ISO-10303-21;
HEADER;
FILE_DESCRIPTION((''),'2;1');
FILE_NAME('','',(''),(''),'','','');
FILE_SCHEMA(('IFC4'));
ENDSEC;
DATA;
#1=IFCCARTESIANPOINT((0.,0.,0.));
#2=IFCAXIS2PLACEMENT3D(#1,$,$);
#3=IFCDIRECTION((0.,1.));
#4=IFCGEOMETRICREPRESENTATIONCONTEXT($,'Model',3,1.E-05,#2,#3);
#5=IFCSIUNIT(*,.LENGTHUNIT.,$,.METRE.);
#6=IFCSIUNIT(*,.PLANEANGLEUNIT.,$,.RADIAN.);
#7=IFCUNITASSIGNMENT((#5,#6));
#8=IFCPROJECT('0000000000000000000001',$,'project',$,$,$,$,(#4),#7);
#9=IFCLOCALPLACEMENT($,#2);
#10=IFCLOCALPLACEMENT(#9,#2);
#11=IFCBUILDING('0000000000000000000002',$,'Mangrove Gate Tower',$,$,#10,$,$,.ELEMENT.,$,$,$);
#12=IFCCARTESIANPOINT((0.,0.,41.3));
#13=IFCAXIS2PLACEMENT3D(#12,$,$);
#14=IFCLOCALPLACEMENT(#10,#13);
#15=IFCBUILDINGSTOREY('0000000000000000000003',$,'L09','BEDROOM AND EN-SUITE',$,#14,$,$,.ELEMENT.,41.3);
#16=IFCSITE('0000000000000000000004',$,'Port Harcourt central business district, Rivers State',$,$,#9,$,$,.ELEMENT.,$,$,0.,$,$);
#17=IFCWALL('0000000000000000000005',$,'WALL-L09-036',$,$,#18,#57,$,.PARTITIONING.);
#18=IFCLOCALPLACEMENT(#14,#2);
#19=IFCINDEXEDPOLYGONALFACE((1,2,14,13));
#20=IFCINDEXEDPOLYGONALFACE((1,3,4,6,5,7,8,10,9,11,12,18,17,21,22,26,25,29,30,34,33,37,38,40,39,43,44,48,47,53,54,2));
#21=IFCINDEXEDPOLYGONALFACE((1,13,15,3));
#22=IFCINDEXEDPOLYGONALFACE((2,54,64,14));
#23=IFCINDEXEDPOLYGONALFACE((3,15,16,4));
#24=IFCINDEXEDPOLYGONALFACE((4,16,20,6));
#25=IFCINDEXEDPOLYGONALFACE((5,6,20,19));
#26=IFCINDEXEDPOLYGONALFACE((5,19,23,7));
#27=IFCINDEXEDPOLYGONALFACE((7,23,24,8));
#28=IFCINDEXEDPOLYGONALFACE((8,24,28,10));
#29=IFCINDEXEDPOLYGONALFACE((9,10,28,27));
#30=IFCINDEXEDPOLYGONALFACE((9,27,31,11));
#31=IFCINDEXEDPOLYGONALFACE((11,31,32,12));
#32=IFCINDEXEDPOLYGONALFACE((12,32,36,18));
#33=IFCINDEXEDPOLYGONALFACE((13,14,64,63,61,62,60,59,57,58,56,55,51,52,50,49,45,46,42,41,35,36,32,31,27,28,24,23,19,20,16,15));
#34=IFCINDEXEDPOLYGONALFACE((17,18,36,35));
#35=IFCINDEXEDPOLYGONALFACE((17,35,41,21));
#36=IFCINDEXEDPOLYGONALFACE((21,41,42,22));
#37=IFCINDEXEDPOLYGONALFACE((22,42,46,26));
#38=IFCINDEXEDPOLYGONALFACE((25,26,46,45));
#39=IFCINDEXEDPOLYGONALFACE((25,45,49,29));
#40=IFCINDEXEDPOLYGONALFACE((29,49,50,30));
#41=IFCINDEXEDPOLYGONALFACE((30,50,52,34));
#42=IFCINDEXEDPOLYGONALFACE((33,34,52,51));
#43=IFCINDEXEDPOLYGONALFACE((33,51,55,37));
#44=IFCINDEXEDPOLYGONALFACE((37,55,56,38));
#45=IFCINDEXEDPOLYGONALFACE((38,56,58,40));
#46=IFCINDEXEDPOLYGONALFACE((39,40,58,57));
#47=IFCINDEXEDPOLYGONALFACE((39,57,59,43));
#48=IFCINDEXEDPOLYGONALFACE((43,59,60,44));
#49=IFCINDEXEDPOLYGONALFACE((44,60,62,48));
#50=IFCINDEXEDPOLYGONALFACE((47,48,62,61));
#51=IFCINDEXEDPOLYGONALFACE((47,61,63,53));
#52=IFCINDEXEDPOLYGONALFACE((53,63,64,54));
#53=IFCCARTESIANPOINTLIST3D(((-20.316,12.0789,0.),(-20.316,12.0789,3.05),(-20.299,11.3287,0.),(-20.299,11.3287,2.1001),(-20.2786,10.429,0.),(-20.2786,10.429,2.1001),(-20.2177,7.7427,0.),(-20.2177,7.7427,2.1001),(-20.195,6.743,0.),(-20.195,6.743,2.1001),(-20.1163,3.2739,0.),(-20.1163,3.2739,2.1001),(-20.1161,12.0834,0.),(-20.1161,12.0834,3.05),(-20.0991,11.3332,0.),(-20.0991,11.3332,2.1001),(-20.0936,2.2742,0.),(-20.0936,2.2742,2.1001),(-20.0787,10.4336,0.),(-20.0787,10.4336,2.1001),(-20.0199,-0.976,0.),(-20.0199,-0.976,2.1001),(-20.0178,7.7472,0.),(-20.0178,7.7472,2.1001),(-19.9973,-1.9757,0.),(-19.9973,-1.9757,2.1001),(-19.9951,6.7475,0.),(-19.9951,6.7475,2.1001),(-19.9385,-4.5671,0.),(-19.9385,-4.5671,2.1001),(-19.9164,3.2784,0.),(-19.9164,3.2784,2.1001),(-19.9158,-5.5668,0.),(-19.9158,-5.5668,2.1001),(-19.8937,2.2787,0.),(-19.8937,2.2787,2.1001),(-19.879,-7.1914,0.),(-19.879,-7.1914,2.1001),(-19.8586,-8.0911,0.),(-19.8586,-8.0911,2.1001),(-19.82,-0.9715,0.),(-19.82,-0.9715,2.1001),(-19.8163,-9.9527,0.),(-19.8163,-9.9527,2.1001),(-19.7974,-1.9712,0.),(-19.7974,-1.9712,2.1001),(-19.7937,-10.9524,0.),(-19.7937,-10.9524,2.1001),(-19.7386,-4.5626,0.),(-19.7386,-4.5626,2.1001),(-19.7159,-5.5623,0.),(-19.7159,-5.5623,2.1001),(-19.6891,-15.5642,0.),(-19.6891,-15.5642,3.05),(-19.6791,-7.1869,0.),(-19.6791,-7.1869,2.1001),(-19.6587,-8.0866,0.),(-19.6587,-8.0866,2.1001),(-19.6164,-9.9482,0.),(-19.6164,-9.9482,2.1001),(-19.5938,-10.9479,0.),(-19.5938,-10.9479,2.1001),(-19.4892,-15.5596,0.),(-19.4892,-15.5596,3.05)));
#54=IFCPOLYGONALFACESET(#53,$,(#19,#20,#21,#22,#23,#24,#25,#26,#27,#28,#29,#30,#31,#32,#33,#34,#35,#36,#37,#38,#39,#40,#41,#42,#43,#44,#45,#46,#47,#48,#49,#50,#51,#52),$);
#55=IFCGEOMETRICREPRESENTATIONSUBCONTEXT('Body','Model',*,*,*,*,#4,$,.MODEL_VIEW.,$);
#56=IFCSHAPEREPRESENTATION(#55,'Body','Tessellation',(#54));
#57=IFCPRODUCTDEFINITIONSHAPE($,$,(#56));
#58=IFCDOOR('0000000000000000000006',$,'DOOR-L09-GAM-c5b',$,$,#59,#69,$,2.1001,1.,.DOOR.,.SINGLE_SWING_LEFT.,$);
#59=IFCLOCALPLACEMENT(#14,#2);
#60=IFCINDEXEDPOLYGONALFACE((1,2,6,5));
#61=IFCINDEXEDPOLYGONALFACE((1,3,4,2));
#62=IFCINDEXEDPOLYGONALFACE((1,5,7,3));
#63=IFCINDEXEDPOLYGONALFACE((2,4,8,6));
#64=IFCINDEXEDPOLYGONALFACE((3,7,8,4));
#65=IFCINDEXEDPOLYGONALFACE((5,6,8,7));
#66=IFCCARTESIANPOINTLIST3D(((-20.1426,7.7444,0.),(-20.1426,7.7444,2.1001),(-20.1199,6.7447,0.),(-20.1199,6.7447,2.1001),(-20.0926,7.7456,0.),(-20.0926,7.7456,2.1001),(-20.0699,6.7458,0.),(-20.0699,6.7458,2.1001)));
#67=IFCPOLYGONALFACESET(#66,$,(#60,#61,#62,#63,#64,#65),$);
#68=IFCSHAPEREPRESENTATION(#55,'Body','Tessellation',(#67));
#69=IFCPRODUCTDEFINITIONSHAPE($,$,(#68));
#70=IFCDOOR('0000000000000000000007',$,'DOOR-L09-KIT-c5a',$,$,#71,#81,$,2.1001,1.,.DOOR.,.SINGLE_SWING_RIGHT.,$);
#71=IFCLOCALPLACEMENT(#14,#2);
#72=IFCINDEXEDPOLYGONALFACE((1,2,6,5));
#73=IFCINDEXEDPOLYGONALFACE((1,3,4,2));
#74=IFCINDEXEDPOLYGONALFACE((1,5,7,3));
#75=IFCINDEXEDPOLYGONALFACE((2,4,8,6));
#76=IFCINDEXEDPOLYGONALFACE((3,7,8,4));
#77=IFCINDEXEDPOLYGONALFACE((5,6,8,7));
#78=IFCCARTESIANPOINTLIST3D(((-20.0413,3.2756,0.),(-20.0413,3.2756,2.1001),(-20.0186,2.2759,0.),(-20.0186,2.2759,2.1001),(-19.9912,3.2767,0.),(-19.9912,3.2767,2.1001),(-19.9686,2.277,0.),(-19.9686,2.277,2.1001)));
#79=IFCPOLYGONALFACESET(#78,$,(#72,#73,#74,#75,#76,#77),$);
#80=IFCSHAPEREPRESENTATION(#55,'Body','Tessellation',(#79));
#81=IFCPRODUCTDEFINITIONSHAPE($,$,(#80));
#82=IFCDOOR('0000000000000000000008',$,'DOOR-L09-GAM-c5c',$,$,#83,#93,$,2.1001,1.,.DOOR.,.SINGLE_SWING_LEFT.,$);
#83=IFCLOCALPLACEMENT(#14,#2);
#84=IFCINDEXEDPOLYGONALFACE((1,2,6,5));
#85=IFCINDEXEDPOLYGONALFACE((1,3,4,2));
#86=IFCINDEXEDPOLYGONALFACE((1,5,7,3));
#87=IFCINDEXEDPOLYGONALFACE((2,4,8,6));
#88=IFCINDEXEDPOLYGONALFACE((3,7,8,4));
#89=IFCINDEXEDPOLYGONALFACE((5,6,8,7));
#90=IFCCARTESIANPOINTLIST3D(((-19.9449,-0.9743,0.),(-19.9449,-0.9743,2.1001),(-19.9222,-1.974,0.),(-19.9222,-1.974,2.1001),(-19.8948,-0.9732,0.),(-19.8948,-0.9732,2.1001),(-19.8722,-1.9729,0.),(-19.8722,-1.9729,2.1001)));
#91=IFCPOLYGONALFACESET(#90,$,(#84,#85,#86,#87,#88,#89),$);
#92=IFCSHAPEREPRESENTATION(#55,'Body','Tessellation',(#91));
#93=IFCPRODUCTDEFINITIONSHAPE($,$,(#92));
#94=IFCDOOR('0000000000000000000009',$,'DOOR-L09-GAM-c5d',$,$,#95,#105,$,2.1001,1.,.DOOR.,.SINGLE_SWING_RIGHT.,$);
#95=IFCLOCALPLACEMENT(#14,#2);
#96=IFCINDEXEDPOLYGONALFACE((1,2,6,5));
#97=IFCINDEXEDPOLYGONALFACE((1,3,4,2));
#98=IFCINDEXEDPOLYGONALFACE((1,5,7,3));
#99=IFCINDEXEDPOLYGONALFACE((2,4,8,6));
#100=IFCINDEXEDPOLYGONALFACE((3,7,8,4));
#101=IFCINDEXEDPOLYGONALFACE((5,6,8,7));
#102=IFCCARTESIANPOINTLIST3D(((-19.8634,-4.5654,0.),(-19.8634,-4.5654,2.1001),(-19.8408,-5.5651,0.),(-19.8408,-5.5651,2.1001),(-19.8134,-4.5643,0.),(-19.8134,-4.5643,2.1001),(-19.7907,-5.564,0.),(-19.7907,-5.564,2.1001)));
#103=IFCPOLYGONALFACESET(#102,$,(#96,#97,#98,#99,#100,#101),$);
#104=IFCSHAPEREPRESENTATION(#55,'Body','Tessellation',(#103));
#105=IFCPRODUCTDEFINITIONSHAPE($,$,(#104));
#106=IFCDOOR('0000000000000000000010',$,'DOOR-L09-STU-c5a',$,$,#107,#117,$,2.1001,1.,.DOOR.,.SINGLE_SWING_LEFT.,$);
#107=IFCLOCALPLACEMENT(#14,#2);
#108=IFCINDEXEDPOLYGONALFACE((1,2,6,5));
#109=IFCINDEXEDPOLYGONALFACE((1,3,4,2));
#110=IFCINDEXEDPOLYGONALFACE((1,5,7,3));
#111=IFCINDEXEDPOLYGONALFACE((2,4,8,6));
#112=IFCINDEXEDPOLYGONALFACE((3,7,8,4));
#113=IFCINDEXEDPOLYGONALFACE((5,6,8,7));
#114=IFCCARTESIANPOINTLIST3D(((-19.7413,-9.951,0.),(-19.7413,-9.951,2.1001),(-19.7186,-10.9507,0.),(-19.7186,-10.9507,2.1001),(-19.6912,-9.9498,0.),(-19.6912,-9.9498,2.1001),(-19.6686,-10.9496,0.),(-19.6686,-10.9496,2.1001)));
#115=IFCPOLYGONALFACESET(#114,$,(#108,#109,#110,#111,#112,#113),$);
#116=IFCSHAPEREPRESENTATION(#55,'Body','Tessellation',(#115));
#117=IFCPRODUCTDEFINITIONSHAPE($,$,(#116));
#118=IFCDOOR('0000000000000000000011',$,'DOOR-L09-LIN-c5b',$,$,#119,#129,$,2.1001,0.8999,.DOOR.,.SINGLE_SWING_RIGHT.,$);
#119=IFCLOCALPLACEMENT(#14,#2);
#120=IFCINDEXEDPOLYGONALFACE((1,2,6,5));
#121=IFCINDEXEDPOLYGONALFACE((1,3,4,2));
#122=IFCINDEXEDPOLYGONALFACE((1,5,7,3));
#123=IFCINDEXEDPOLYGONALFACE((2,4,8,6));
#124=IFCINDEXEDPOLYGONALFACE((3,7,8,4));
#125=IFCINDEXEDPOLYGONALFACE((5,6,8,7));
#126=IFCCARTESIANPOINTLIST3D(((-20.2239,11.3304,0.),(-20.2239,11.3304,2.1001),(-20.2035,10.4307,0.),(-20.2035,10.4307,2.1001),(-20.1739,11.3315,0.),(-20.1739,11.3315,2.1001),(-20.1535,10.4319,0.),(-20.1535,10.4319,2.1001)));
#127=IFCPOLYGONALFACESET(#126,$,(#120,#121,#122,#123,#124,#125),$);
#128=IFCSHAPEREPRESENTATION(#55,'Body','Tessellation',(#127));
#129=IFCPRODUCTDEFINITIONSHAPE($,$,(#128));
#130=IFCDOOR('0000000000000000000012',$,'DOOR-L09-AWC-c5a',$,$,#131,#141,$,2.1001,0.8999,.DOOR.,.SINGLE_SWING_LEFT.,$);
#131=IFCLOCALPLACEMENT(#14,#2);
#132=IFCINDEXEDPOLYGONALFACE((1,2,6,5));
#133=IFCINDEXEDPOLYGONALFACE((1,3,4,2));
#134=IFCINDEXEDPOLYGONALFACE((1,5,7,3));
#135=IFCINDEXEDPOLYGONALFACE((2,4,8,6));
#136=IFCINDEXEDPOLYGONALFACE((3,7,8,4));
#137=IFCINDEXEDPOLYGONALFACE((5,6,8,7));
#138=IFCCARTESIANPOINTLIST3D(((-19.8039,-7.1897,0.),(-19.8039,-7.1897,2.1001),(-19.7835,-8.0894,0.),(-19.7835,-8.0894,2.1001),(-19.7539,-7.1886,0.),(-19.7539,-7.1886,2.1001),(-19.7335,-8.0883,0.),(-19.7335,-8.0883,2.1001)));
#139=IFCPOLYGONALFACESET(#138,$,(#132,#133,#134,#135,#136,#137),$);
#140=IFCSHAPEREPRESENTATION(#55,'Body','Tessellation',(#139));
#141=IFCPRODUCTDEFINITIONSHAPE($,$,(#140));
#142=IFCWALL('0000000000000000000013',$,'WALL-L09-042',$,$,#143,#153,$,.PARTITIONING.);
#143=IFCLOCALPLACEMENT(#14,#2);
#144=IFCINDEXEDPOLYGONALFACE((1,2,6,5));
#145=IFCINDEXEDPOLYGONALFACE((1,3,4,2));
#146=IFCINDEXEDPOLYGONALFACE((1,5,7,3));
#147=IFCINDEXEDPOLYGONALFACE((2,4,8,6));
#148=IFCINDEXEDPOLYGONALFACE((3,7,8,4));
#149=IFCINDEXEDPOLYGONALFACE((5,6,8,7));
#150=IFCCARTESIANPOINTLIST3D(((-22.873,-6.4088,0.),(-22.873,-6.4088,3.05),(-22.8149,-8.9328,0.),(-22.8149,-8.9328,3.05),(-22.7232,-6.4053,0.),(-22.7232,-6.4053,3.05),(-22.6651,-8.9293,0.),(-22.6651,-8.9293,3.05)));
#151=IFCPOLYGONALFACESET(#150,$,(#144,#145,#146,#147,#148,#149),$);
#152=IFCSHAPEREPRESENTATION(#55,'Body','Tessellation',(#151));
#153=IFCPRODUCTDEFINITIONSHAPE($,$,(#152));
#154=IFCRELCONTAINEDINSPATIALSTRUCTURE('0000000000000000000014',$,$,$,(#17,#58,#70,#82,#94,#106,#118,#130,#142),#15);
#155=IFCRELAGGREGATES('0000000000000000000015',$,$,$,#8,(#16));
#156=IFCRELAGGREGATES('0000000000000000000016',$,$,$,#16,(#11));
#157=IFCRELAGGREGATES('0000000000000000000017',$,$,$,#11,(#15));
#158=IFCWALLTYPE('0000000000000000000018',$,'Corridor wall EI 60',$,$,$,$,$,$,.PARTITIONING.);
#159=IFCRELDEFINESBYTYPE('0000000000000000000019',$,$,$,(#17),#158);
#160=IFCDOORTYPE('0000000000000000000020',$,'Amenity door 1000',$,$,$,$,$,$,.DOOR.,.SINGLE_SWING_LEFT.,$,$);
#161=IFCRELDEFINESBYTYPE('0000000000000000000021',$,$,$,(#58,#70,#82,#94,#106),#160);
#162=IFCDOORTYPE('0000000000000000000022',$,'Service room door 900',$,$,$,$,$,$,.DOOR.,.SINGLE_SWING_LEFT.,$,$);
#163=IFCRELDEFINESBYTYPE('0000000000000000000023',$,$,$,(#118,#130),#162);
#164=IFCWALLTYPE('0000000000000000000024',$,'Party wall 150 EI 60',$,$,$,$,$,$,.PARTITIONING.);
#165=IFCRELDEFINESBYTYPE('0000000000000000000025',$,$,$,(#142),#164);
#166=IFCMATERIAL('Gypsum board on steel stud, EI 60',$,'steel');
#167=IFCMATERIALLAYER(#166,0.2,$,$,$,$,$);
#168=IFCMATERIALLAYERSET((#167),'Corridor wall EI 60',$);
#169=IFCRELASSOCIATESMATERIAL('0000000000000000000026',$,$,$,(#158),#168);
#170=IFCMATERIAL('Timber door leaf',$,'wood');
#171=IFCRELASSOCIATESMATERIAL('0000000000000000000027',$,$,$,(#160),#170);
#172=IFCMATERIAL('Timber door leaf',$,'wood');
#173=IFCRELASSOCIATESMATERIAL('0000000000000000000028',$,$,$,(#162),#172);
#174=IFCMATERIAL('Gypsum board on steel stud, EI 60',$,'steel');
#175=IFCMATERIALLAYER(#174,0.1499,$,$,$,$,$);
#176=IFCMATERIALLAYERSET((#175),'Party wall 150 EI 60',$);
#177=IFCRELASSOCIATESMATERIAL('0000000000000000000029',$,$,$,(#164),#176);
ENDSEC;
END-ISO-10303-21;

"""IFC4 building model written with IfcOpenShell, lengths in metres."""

from ifc_helpers import new_model, si_unit, direction, frame, frame_2d, origin, place, context, subcontext, project, spatial, rectangle, extrude, material, layer, layer_set, type_object, element, fill, save


model = new_model("IFC4")

# Units and contexts
model_context = context("Model", 3, precision=1e-05, world=origin(), true_north=direction((0.0, 1.0)))
body_context = subcontext(model_context, "Body", "Model", "MODEL_VIEW")
ifc_project = project(units=[si_unit("LENGTHUNIT", "METRE"), si_unit("PLANEANGLEUNIT", "RADIAN")], contexts=[model_context])

# Site, building, storey
site_placement = place(None, origin())
site = spatial("IfcSite", under=ifc_project, at=site_placement, Name="Port Harcourt central business district, Rivers State", CompositionType="ELEMENT", RefElevation=0.0)
building_placement = place(site_placement, origin())
building = spatial("IfcBuilding", under=site, at=building_placement, Name="Mangrove Gate Tower", CompositionType="ELEMENT")
storey_placement = place(building_placement, frame((0.0, 0.0, 41.3)))
storey = spatial("IfcBuildingStorey", under=building, at=storey_placement, Name="L09", Description="BEDROOM AND EN-SUITE", CompositionType="ELEMENT", Elevation=41.3)

# Wall, openings, doors
ifc_material_1 = material(Name="Gypsum board on steel stud, EI 60", Category="steel")
ifc_layer_1 = layer(ifc_material_1, 0.2)
ifc_layer_set_1 = layer_set([ifc_layer_1], Name="Corridor wall EI 60")
wall_type_1 = type_object("IfcWallType", Name="Corridor wall EI 60", PredefinedType="PARTITIONING", material=ifc_layer_set_1)
wall_1_placement = place(storey_placement, frame((-19.5891, -15.562, 0.0), z_axis=(0.0, 0.0, 1.0), x_axis=(-0.022674, 0.999743, 0.0)))
wall_1 = element("IfcWall", 1, at=wall_1_placement, inside=storey, type_object=wall_type_1, Name="WALL-L09-036", PredefinedType="PARTITIONING", context=body_context, shape_type="SweptSolid", body=[
    extrude(rectangle(XDim=27.6501, YDim=0.2, at=frame_2d((13.8252, 0.0))), origin(), (0.0, 0.0, 1.0), 3.05),
])
opening_1_placement = place(wall_1_placement, frame((22.313, 0.0, 0.0)))
opening_1 = element("IfcOpeningElement", 2, at=opening_1_placement, cuts=wall_1, PredefinedType="OPENING", context=body_context, shape_type="SweptSolid", body=[
    extrude(rectangle(XDim=1.0, YDim=2.1001, at=frame_2d((0.5, 1.05))), frame((0.0, 0.1099, 0.0), z_axis=(0.0, -1.0, 0.0), x_axis=(1.0, 0.0, 0.0)), (0.0, 0.0, 1.0), 0.22),
])
opening_2_placement = place(wall_1_placement, frame((26.0, 0.0, 0.0)))
opening_2 = element("IfcOpeningElement", 3, at=opening_2_placement, cuts=wall_1, PredefinedType="OPENING", context=body_context, shape_type="SweptSolid", body=[
    extrude(rectangle(XDim=0.8999, YDim=2.1001, at=frame_2d((0.45, 1.05))), frame((0.0, 0.1099, 0.0), z_axis=(0.0, -1.0, 0.0), x_axis=(1.0, 0.0, 0.0)), (0.0, 0.0, 1.0), 0.22),
])
opening_3_placement = place(wall_1_placement, frame((17.843, 0.0, 0.0)))
opening_3 = element("IfcOpeningElement", 4, at=opening_3_placement, cuts=wall_1, PredefinedType="OPENING", context=body_context, shape_type="SweptSolid", body=[
    extrude(rectangle(XDim=1.0, YDim=2.1001, at=frame_2d((0.5, 1.05))), frame((0.0, 0.1099, 0.0), z_axis=(0.0, -1.0, 0.0), x_axis=(1.0, 0.0, 0.0)), (0.0, 0.0, 1.0), 0.22),
])
opening_4_placement = place(wall_1_placement, frame((13.592, 0.0, 0.0)))
opening_4 = element("IfcOpeningElement", 5, at=opening_4_placement, cuts=wall_1, PredefinedType="OPENING", context=body_context, shape_type="SweptSolid", body=[
    extrude(rectangle(XDim=1.0, YDim=2.1001, at=frame_2d((0.5, 1.05))), frame((0.0, 0.1099, 0.0), z_axis=(0.0, -1.0, 0.0), x_axis=(1.0, 0.0, 0.0)), (0.0, 0.0, 1.0), 0.22),
])
opening_5_placement = place(wall_1_placement, frame((10.0, 0.0, 0.0)))
opening_5 = element("IfcOpeningElement", 6, at=opening_5_placement, cuts=wall_1, PredefinedType="OPENING", context=body_context, shape_type="SweptSolid", body=[
    extrude(rectangle(XDim=1.0, YDim=2.1001, at=frame_2d((0.5, 1.05))), frame((0.0, 0.1099, 0.0), z_axis=(0.0, -1.0, 0.0), x_axis=(1.0, 0.0, 0.0)), (0.0, 0.0, 1.0), 0.22),
])
opening_6_placement = place(wall_1_placement, frame((7.4751, 0.0, 0.0)))
opening_6 = element("IfcOpeningElement", 7, at=opening_6_placement, cuts=wall_1, PredefinedType="OPENING", context=body_context, shape_type="SweptSolid", body=[
    extrude(rectangle(XDim=0.8999, YDim=2.1001, at=frame_2d((0.45, 1.05))), frame((0.0, 0.1099, 0.0), z_axis=(0.0, -1.0, 0.0), x_axis=(1.0, 0.0, 0.0)), (0.0, 0.0, 1.0), 0.22),
])
opening_7_placement = place(wall_1_placement, frame((4.613, 0.0, 0.0)))
opening_7 = element("IfcOpeningElement", 8, at=opening_7_placement, cuts=wall_1, PredefinedType="OPENING", context=body_context, shape_type="SweptSolid", body=[
    extrude(rectangle(XDim=1.0, YDim=2.1001, at=frame_2d((0.5, 1.05))), frame((0.0, 0.1099, 0.0), z_axis=(0.0, -1.0, 0.0), x_axis=(1.0, 0.0, 0.0)), (0.0, 0.0, 1.0), 0.22),
])
ifc_material_2 = material(Name="Timber door leaf", Category="wood")
door_type_1 = type_object("IfcDoorType", Name="Amenity door 1000", OperationType="SINGLE_SWING_LEFT", PredefinedType="DOOR", material=ifc_material_2)
door_1_placement = place(opening_1_placement, origin())
door_1 = element("IfcDoor", 9, at=door_1_placement, inside=storey, type_object=door_type_1, Name="DOOR-L09-GAM-c5b", OperationType="SINGLE_SWING_LEFT", OverallHeight=2.1001, OverallWidth=1.0, PredefinedType="DOOR", context=body_context, shape_type="SweptSolid", body=[
    extrude(rectangle(XDim=1.0, YDim=2.1001, at=frame_2d((0.5, 1.05))), frame((0.0, 0.0249, 0.0), z_axis=(0.0, -1.0, 0.0), x_axis=(1.0, 0.0, 0.0)), (0.0, 0.0, 1.0), 0.05),
])
fill(opening_1, door_1)
door_2_placement = place(opening_3_placement, origin())
door_2 = element("IfcDoor", 10, at=door_2_placement, inside=storey, type_object=door_type_1, Name="DOOR-L09-KIT-c5a", OperationType="SINGLE_SWING_RIGHT", OverallHeight=2.1001, OverallWidth=1.0, PredefinedType="DOOR", context=body_context, shape_type="SweptSolid", body=[
    extrude(rectangle(XDim=1.0, YDim=2.1001, at=frame_2d((0.5, 1.05))), frame((0.0, 0.0249, 0.0), z_axis=(0.0, -1.0, 0.0), x_axis=(1.0, 0.0, 0.0)), (0.0, 0.0, 1.0), 0.05),
])
fill(opening_3, door_2)
door_3_placement = place(opening_4_placement, origin())
door_3 = element("IfcDoor", 11, at=door_3_placement, inside=storey, type_object=door_type_1, Name="DOOR-L09-GAM-c5c", OperationType="SINGLE_SWING_LEFT", OverallHeight=2.1001, OverallWidth=1.0, PredefinedType="DOOR", context=body_context, shape_type="SweptSolid", body=[
    extrude(rectangle(XDim=1.0, YDim=2.1001, at=frame_2d((0.5, 1.05))), frame((0.0, 0.0249, 0.0), z_axis=(0.0, -1.0, 0.0), x_axis=(1.0, 0.0, 0.0)), (0.0, 0.0, 1.0), 0.05),
])
fill(opening_4, door_3)
door_4_placement = place(opening_5_placement, origin())
door_4 = element("IfcDoor", 12, at=door_4_placement, inside=storey, type_object=door_type_1, Name="DOOR-L09-GAM-c5d", OperationType="SINGLE_SWING_RIGHT", OverallHeight=2.1001, OverallWidth=1.0, PredefinedType="DOOR", context=body_context, shape_type="SweptSolid", body=[
    extrude(rectangle(XDim=1.0, YDim=2.1001, at=frame_2d((0.5, 1.05))), frame((0.0, 0.0249, 0.0), z_axis=(0.0, -1.0, 0.0), x_axis=(1.0, 0.0, 0.0)), (0.0, 0.0, 1.0), 0.05),
])
fill(opening_5, door_4)
door_5_placement = place(opening_7_placement, origin())
door_5 = element("IfcDoor", 13, at=door_5_placement, inside=storey, type_object=door_type_1, Name="DOOR-L09-STU-c5a", OperationType="SINGLE_SWING_LEFT", OverallHeight=2.1001, OverallWidth=1.0, PredefinedType="DOOR", context=body_context, shape_type="SweptSolid", body=[
    extrude(rectangle(XDim=1.0, YDim=2.1001, at=frame_2d((0.5, 1.05))), frame((0.0, 0.0249, 0.0), z_axis=(0.0, -1.0, 0.0), x_axis=(1.0, 0.0, 0.0)), (0.0, 0.0, 1.0), 0.05),
])
fill(opening_7, door_5)
ifc_material_3 = material(Name="Timber door leaf", Category="wood")
door_type_2 = type_object("IfcDoorType", Name="Service room door 900", OperationType="SINGLE_SWING_LEFT", PredefinedType="DOOR", material=ifc_material_3)
door_6_placement = place(opening_2_placement, origin())
door_6 = element("IfcDoor", 14, at=door_6_placement, inside=storey, type_object=door_type_2, Name="DOOR-L09-LIN-c5b", OperationType="SINGLE_SWING_RIGHT", OverallHeight=2.1001, OverallWidth=0.8999, PredefinedType="DOOR", context=body_context, shape_type="SweptSolid", body=[
    extrude(rectangle(XDim=0.8999, YDim=2.1001, at=frame_2d((0.45, 1.05))), frame((0.0, 0.0249, 0.0), z_axis=(0.0, -1.0, 0.0), x_axis=(1.0, 0.0, 0.0)), (0.0, 0.0, 1.0), 0.05),
])
fill(opening_2, door_6)
door_7_placement = place(opening_6_placement, origin())
door_7 = element("IfcDoor", 15, at=door_7_placement, inside=storey, type_object=door_type_2, Name="DOOR-L09-AWC-c5a", OperationType="SINGLE_SWING_LEFT", OverallHeight=2.1001, OverallWidth=0.8999, PredefinedType="DOOR", context=body_context, shape_type="SweptSolid", body=[
    extrude(rectangle(XDim=0.8999, YDim=2.1001, at=frame_2d((0.45, 1.05))), frame((0.0, 0.0249, 0.0), z_axis=(0.0, -1.0, 0.0), x_axis=(1.0, 0.0, 0.0)), (0.0, 0.0, 1.0), 0.05),
])
fill(opening_6, door_7)

# Wall
ifc_material_4 = material(Name="Gypsum board on steel stud, EI 60", Category="steel")
ifc_layer_2 = layer(ifc_material_4, 0.1499)
ifc_layer_set_2 = layer_set([ifc_layer_2], Name="Party wall 150 EI 60")
wall_type_2 = type_object("IfcWallType", Name="Party wall 150 EI 60", PredefinedType="PARTITIONING", material=ifc_layer_set_2)
wall_2_placement = place(storey_placement, frame((-22.74, -8.9309, 0.0), z_axis=(0.0, 0.0, 1.0), x_axis=(-0.023016, 0.999735, 0.0)))
element("IfcWall", 16, at=wall_2_placement, inside=storey, type_object=wall_type_2, Name="WALL-L09-042", PredefinedType="PARTITIONING", context=body_context, shape_type="SweptSolid", body=[
    extrude(rectangle(XDim=2.5247, YDim=0.1499, at=frame_2d((1.2622, 0.0))), origin(), (0.0, 0.0, 1.0), 3.05),
])

save(model, "model.ifc")
